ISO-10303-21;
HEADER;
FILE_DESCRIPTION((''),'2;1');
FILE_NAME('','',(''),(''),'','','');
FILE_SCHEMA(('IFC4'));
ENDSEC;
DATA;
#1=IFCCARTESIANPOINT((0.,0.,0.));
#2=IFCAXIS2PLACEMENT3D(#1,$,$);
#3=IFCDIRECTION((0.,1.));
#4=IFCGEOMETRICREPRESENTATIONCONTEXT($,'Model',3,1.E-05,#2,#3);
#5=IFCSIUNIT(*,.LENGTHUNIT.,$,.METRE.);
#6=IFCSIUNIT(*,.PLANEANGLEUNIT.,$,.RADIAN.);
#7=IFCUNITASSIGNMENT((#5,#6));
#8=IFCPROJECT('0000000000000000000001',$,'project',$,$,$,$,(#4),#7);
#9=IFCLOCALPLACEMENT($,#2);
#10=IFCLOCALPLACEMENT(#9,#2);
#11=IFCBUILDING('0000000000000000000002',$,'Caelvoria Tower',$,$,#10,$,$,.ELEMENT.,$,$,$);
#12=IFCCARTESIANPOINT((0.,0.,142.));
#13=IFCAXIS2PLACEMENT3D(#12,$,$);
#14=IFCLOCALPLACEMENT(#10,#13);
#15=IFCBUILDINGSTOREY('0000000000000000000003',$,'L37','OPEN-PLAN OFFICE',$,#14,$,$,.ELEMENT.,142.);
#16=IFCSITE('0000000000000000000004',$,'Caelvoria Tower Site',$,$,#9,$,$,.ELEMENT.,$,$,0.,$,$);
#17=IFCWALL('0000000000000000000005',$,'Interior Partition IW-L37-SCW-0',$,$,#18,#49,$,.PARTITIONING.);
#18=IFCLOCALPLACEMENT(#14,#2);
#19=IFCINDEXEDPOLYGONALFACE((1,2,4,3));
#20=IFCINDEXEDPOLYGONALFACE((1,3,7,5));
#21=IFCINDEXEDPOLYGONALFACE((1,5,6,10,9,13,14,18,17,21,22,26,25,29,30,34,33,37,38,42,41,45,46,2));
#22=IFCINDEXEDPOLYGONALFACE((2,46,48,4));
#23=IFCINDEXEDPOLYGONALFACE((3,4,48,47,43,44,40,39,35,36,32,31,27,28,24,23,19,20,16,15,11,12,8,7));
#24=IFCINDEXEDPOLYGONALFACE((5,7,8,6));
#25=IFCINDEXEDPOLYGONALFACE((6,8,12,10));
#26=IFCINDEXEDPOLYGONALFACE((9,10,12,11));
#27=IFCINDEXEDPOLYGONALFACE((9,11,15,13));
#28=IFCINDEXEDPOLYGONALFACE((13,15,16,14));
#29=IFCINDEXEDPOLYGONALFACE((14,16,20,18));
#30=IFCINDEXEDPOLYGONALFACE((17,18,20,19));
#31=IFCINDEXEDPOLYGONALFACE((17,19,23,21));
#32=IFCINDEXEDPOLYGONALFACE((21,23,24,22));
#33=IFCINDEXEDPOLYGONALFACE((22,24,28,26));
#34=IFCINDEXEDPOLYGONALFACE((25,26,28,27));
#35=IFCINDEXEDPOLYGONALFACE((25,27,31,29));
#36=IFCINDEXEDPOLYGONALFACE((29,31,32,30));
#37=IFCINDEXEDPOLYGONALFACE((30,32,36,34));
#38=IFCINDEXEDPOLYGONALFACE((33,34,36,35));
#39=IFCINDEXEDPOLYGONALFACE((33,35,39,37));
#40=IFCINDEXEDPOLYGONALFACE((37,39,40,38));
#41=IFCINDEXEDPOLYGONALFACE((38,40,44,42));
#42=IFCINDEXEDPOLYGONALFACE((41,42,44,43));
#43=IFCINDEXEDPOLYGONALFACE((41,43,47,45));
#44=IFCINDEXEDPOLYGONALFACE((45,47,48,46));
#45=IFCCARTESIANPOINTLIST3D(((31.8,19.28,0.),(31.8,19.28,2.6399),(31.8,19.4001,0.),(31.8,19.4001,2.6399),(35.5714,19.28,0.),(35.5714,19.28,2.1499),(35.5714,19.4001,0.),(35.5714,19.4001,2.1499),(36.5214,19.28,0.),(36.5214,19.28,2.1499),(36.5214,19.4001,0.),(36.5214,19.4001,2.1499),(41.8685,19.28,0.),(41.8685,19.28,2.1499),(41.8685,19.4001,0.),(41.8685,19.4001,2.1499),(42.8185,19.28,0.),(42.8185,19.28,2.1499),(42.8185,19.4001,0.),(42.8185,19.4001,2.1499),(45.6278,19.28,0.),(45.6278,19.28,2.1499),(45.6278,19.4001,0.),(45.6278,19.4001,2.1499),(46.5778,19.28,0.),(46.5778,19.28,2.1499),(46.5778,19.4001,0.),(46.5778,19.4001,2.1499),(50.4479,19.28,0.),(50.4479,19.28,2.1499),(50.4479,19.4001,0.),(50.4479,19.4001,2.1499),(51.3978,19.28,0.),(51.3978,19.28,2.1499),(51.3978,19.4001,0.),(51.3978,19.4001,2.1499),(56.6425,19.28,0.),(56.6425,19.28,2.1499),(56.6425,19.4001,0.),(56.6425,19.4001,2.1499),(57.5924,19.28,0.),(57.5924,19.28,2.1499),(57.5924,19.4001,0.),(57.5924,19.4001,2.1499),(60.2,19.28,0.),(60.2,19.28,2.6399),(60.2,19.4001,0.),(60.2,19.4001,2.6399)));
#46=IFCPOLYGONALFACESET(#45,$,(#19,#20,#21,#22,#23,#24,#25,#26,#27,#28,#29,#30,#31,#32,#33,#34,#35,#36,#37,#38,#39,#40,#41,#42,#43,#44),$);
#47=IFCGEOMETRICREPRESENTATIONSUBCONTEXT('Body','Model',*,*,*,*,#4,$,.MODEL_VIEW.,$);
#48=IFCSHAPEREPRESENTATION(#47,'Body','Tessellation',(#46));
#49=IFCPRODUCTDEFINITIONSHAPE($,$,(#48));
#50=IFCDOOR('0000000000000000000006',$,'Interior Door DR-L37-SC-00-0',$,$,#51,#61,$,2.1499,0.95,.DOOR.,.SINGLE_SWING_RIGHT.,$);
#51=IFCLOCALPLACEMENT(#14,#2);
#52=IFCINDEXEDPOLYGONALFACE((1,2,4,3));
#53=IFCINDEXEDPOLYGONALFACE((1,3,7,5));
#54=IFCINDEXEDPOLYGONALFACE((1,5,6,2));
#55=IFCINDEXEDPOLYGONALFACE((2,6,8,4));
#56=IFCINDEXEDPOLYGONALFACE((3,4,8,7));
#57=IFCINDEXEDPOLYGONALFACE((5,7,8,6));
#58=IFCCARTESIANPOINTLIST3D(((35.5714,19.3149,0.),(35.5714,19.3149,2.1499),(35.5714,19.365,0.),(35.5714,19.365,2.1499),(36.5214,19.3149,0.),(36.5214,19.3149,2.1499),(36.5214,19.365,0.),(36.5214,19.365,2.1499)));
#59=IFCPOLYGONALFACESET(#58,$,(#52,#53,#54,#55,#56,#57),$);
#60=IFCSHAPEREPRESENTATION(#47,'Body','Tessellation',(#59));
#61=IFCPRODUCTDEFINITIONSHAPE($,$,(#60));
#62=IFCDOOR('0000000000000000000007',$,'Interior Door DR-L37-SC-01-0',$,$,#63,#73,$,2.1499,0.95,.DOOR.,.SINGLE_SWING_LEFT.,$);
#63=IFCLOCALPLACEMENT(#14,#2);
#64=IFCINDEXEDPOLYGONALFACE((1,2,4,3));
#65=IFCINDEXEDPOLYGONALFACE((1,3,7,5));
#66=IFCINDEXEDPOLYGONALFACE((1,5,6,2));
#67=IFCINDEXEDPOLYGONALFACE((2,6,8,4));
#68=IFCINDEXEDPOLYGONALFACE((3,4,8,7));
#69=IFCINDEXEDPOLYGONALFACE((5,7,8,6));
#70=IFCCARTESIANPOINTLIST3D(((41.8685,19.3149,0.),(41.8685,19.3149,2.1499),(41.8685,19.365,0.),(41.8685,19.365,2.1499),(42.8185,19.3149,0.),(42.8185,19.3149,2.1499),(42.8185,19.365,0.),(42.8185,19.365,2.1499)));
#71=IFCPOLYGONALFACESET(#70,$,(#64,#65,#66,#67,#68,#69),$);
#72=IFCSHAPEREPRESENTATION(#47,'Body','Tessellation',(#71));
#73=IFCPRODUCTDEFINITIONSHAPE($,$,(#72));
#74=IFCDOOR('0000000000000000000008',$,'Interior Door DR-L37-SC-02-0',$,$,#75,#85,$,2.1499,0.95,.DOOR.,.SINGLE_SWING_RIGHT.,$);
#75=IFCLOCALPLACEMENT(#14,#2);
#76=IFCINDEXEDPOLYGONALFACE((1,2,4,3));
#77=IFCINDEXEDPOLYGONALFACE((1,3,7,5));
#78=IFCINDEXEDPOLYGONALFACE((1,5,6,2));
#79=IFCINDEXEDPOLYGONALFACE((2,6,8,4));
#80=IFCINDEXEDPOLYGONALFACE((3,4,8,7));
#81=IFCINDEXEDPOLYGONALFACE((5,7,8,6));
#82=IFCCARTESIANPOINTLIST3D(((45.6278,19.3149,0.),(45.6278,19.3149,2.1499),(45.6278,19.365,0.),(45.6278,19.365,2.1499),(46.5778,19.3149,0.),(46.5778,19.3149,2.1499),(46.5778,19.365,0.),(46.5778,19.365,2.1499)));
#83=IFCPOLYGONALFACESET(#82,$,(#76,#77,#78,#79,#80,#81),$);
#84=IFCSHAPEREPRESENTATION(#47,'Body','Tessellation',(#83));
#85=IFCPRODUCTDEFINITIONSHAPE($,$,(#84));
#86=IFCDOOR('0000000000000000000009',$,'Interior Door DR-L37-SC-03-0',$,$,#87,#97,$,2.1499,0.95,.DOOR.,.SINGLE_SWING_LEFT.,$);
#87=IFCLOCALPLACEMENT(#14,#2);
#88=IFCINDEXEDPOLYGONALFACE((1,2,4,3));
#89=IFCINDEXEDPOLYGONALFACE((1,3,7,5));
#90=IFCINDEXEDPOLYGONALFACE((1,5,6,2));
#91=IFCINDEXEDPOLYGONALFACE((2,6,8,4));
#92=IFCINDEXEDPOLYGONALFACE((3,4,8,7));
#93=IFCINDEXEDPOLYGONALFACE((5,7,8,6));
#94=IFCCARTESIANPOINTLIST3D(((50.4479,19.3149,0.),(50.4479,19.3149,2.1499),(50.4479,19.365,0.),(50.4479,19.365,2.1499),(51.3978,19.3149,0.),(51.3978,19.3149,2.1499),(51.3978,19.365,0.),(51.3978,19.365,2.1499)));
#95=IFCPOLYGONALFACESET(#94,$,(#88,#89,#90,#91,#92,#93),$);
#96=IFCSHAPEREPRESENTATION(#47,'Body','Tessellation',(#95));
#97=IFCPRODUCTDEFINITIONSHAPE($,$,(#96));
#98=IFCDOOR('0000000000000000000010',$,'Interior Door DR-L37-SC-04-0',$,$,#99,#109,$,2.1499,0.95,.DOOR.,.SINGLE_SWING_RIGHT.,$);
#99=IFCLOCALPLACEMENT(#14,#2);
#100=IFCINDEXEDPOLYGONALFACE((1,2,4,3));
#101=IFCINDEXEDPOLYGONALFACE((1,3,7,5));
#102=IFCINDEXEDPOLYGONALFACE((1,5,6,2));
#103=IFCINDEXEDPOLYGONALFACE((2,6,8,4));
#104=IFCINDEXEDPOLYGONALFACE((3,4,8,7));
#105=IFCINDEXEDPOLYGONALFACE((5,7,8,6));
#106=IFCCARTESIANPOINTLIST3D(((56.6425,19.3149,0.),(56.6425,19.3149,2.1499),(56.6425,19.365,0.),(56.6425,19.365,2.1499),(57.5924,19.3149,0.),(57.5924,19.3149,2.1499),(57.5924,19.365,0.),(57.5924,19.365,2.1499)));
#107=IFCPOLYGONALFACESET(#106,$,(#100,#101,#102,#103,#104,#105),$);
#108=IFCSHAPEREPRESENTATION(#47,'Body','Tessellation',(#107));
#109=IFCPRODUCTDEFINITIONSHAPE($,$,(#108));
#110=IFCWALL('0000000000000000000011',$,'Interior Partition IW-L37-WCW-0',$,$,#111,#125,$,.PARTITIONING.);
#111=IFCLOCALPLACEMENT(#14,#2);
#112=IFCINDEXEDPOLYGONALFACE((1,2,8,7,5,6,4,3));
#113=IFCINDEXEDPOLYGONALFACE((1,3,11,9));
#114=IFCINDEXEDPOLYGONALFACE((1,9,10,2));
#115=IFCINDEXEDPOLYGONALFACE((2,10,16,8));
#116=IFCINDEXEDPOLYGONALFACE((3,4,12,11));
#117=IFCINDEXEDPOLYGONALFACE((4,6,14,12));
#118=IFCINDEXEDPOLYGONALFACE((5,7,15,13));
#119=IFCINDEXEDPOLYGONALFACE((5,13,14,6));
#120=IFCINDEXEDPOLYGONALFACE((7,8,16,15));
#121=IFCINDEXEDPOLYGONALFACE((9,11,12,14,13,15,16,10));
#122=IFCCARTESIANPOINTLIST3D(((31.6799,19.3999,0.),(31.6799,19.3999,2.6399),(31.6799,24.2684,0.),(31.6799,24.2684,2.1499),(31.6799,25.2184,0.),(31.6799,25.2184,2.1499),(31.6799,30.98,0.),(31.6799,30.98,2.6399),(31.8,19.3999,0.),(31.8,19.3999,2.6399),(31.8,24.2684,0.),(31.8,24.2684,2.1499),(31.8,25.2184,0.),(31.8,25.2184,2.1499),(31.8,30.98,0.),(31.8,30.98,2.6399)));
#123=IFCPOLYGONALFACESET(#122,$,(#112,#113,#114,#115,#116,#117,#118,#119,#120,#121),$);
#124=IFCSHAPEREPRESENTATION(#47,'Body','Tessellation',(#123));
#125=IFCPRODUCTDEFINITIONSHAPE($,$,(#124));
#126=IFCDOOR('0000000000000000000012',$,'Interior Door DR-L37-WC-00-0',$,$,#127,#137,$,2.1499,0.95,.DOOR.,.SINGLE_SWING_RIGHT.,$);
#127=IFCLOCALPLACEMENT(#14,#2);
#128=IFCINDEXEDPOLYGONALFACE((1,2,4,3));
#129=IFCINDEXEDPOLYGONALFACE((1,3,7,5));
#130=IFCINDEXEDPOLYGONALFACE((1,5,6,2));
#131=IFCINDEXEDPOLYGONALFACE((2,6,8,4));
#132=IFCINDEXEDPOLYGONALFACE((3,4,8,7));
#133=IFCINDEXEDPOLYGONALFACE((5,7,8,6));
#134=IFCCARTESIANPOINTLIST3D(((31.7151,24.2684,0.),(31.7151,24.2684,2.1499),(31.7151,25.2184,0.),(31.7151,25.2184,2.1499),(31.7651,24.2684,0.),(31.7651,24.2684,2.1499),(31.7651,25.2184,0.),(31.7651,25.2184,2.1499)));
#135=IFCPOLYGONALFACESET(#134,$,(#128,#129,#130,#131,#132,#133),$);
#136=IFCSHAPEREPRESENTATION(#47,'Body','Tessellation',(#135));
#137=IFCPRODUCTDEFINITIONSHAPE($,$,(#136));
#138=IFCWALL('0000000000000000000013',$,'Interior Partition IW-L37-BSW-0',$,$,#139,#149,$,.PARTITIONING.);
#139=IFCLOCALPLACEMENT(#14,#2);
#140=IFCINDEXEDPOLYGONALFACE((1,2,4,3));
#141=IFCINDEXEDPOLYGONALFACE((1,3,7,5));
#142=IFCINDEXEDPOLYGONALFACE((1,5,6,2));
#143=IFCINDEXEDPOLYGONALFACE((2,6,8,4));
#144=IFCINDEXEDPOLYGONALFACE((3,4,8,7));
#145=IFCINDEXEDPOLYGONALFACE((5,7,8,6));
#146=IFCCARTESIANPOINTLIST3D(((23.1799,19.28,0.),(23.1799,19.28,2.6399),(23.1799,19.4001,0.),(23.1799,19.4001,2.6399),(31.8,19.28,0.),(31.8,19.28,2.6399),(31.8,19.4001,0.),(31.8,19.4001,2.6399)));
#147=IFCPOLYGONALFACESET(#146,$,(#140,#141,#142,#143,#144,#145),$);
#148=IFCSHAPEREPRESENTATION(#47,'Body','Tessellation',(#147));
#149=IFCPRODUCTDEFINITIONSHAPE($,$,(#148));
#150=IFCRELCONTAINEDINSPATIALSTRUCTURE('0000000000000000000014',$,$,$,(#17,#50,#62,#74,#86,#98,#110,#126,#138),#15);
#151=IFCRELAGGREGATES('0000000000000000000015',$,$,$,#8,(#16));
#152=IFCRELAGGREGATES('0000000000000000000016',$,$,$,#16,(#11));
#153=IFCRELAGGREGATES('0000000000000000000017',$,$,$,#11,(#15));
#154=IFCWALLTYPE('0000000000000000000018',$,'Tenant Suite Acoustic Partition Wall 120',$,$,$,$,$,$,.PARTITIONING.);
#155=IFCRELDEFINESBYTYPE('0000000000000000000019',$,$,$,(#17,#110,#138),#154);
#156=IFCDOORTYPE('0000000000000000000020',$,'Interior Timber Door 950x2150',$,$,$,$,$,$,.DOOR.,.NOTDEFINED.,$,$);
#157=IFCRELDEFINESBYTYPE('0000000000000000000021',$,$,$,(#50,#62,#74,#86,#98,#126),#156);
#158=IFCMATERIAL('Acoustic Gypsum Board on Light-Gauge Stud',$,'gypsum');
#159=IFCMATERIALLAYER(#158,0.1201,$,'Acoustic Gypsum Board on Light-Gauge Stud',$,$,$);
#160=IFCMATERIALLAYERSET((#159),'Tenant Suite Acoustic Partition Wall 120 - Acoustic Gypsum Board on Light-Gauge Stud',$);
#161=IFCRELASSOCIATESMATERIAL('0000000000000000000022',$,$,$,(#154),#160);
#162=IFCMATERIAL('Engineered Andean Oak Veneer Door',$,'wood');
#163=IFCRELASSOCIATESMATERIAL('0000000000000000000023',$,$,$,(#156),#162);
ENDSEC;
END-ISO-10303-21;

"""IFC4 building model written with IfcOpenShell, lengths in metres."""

from ifc_helpers import new_model, si_unit, direction, frame, frame_2d, origin, place, context, subcontext, project, spatial, rectangle, extrude, material, layer, layer_set, type_object, element, fill, save


model = new_model("IFC4")

# Units and contexts
model_context = context("Model", 3, precision=1e-05, world=origin(), true_north=direction((0.0, 1.0)))
body_context = subcontext(model_context, "Body", "Model", "MODEL_VIEW")
ifc_project = project(units=[si_unit("LENGTHUNIT", "METRE"), si_unit("PLANEANGLEUNIT", "RADIAN")], contexts=[model_context])

# Site, building, storey
site_placement = place(None, origin())
site = spatial("IfcSite", under=ifc_project, at=site_placement, Name="Caelvoria Tower Site", CompositionType="ELEMENT", RefElevation=0.0)
building_placement = place(site_placement, origin())
building = spatial("IfcBuilding", under=site, at=building_placement, Name="Caelvoria Tower", CompositionType="ELEMENT")
storey_placement = place(building_placement, frame((0.0, 0.0, 142.0)))
storey = spatial("IfcBuildingStorey", under=building, at=storey_placement, Name="L37", Description="OPEN-PLAN OFFICE", CompositionType="ELEMENT", Elevation=142.0)

# Shared definitions
ifc_material_1 = material(Name="Acoustic Gypsum Board on Light-Gauge Stud", Category="gypsum")
ifc_layer_1 = layer(ifc_material_1, 0.1201, Name="Acoustic Gypsum Board on Light-Gauge Stud")
ifc_layer_set_1 = layer_set([ifc_layer_1], Name="Tenant Suite Acoustic Partition Wall 120 - Acoustic Gypsum Board on Light-Gauge Stud")
wall_type_1 = type_object("IfcWallType", Name="Tenant Suite Acoustic Partition Wall 120", PredefinedType="PARTITIONING", material=ifc_layer_set_1)
ifc_material_2 = material(Name="Engineered Andean Oak Veneer Door", Category="wood")

# Wall, openings, doors
wall_1_placement = place(storey_placement, frame((31.8, 19.3401, 0.0), z_axis=(0.0, 0.0, 1.0), x_axis=(1.0, 0.0, 0.0)))
wall_1 = element("IfcWall", 1, at=wall_1_placement, inside=storey, type_object=wall_type_1, Name="Interior Partition IW-L37-SCW-0", PredefinedType="PARTITIONING", context=body_context, shape_type="SweptSolid", body=[
    extrude(rectangle(XDim=28.3999, YDim=0.1201, at=frame_2d((14.2, 0.0))), origin(), (0.0, 0.0, 1.0), 2.6399),
])
opening_1_placement = place(wall_1_placement, frame((3.7712, 0.0, 0.0)))
opening_1 = element("IfcOpeningElement", 2, at=opening_1_placement, cuts=wall_1, PredefinedType="OPENING", context=body_context, shape_type="SweptSolid", body=[
    extrude(rectangle(XDim=0.95, YDim=2.1499, at=frame_2d((0.4751, 1.075))), frame((0.0, 0.0701, 0.0), z_axis=(0.0, -1.0, 0.0), x_axis=(1.0, 0.0, 0.0)), (0.0, 0.0, 1.0), 0.1401),
])
opening_2_placement = place(wall_1_placement, frame((10.0684, 0.0, 0.0)))
opening_2 = element("IfcOpeningElement", 3, at=opening_2_placement, cuts=wall_1, PredefinedType="OPENING", context=body_context, shape_type="SweptSolid", body=[
    extrude(rectangle(XDim=0.95, YDim=2.1499, at=frame_2d((0.4751, 1.075))), frame((0.0, 0.0701, 0.0), z_axis=(0.0, -1.0, 0.0), x_axis=(1.0, 0.0, 0.0)), (0.0, 0.0, 1.0), 0.1401),
])
opening_3_placement = place(wall_1_placement, frame((13.8276, 0.0, 0.0)))
opening_3 = element("IfcOpeningElement", 4, at=opening_3_placement, cuts=wall_1, PredefinedType="OPENING", context=body_context, shape_type="SweptSolid", body=[
    extrude(rectangle(XDim=0.95, YDim=2.1499, at=frame_2d((0.4751, 1.075))), frame((0.0, 0.0701, 0.0), z_axis=(0.0, -1.0, 0.0), x_axis=(1.0, 0.0, 0.0)), (0.0, 0.0, 1.0), 0.1401),
])
opening_4_placement = place(wall_1_placement, frame((18.6477, 0.0, 0.0)))
opening_4 = element("IfcOpeningElement", 5, at=opening_4_placement, cuts=wall_1, PredefinedType="OPENING", context=body_context, shape_type="SweptSolid", body=[
    extrude(rectangle(XDim=0.95, YDim=2.1499, at=frame_2d((0.4751, 1.075))), frame((0.0, 0.0701, 0.0), z_axis=(0.0, -1.0, 0.0), x_axis=(1.0, 0.0, 0.0)), (0.0, 0.0, 1.0), 0.1401),
])
opening_5_placement = place(wall_1_placement, frame((24.8423, 0.0, 0.0)))
opening_5 = element("IfcOpeningElement", 6, at=opening_5_placement, cuts=wall_1, PredefinedType="OPENING", context=body_context, shape_type="SweptSolid", body=[
    extrude(rectangle(XDim=0.95, YDim=2.1499, at=frame_2d((0.4751, 1.075))), frame((0.0, 0.0701, 0.0), z_axis=(0.0, -1.0, 0.0), x_axis=(1.0, 0.0, 0.0)), (0.0, 0.0, 1.0), 0.1401),
])
door_type_1 = type_object("IfcDoorType", Name="Interior Timber Door 950x2150", OperationType="NOTDEFINED", PredefinedType="DOOR", material=ifc_material_2)
door_1_placement = place(opening_1_placement, origin())
door_1 = element("IfcDoor", 7, at=door_1_placement, inside=storey, type_object=door_type_1, Name="Interior Door DR-L37-SC-00-0", OperationType="SINGLE_SWING_RIGHT", OverallHeight=2.1499, OverallWidth=0.95, PredefinedType="DOOR", context=body_context, shape_type="SweptSolid", body=[
    extrude(rectangle(XDim=0.95, YDim=2.1499, at=frame_2d((0.4751, 1.075))), frame((0.0, 0.0249, 0.0), z_axis=(0.0, -1.0, 0.0), x_axis=(1.0, 0.0, 0.0)), (0.0, 0.0, 1.0), 0.05),
])
fill(opening_1, door_1)
door_2_placement = place(opening_2_placement, origin())
door_2 = element("IfcDoor", 8, at=door_2_placement, inside=storey, type_object=door_type_1, Name="Interior Door DR-L37-SC-01-0", OperationType="SINGLE_SWING_LEFT", OverallHeight=2.1499, OverallWidth=0.95, PredefinedType="DOOR", context=body_context, shape_type="SweptSolid", body=[
    extrude(rectangle(XDim=0.95, YDim=2.1499, at=frame_2d((0.4751, 1.075))), frame((0.0, 0.0249, 0.0), z_axis=(0.0, -1.0, 0.0), x_axis=(1.0, 0.0, 0.0)), (0.0, 0.0, 1.0), 0.05),
])
fill(opening_2, door_2)
door_3_placement = place(opening_3_placement, origin())
door_3 = element("IfcDoor", 9, at=door_3_placement, inside=storey, type_object=door_type_1, Name="Interior Door DR-L37-SC-02-0", OperationType="SINGLE_SWING_RIGHT", OverallHeight=2.1499, OverallWidth=0.95, PredefinedType="DOOR", context=body_context, shape_type="SweptSolid", body=[
    extrude(rectangle(XDim=0.95, YDim=2.1499, at=frame_2d((0.4751, 1.075))), frame((0.0, 0.0249, 0.0), z_axis=(0.0, -1.0, 0.0), x_axis=(1.0, 0.0, 0.0)), (0.0, 0.0, 1.0), 0.05),
])
fill(opening_3, door_3)
door_4_placement = place(opening_4_placement, origin())
door_4 = element("IfcDoor", 10, at=door_4_placement, inside=storey, type_object=door_type_1, Name="Interior Door DR-L37-SC-03-0", OperationType="SINGLE_SWING_LEFT", OverallHeight=2.1499, OverallWidth=0.95, PredefinedType="DOOR", context=body_context, shape_type="SweptSolid", body=[
    extrude(rectangle(XDim=0.95, YDim=2.1499, at=frame_2d((0.4751, 1.075))), frame((0.0, 0.0249, 0.0), z_axis=(0.0, -1.0, 0.0), x_axis=(1.0, 0.0, 0.0)), (0.0, 0.0, 1.0), 0.05),
])
fill(opening_4, door_4)
door_5_placement = place(opening_5_placement, origin())
door_5 = element("IfcDoor", 11, at=door_5_placement, inside=storey, type_object=door_type_1, Name="Interior Door DR-L37-SC-04-0", OperationType="SINGLE_SWING_RIGHT", OverallHeight=2.1499, OverallWidth=0.95, PredefinedType="DOOR", context=body_context, shape_type="SweptSolid", body=[
    extrude(rectangle(XDim=0.95, YDim=2.1499, at=frame_2d((0.4751, 1.075))), frame((0.0, 0.0249, 0.0), z_axis=(0.0, -1.0, 0.0), x_axis=(1.0, 0.0, 0.0)), (0.0, 0.0, 1.0), 0.05),
])
fill(opening_5, door_5)

# Wall, opening, door
wall_2_placement = place(storey_placement, frame((31.74, 19.3999, 0.0), z_axis=(0.0, 0.0, 1.0), x_axis=(0.0, 1.0, 0.0)))
wall_2 = element("IfcWall", 12, at=wall_2_placement, inside=storey, type_object=wall_type_1, Name="Interior Partition IW-L37-WCW-0", PredefinedType="PARTITIONING", context=body_context, shape_type="SweptSolid", body=[
    extrude(rectangle(XDim=11.5801, YDim=0.1201, at=frame_2d((5.79, 0.0))), origin(), (0.0, 0.0, 1.0), 2.6399),
])
opening_6_placement = place(wall_2_placement, frame((4.8684, 0.0, 0.0)))
opening_6 = element("IfcOpeningElement", 13, at=opening_6_placement, cuts=wall_2, PredefinedType="OPENING", context=body_context, shape_type="SweptSolid", body=[
    extrude(rectangle(XDim=0.95, YDim=2.1499, at=frame_2d((0.4751, 1.075))), frame((0.0, 0.0701, 0.0), z_axis=(0.0, -1.0, 0.0), x_axis=(1.0, 0.0, 0.0)), (0.0, 0.0, 1.0), 0.1401),
])
door_6_placement = place(opening_6_placement, origin())
door_6 = element("IfcDoor", 14, at=door_6_placement, inside=storey, type_object=door_type_1, Name="Interior Door DR-L37-WC-00-0", OperationType="SINGLE_SWING_RIGHT", OverallHeight=2.1499, OverallWidth=0.95, PredefinedType="DOOR", context=body_context, shape_type="SweptSolid", body=[
    extrude(rectangle(XDim=0.95, YDim=2.1499, at=frame_2d((0.4751, 1.075))), frame((0.0, 0.0249, 0.0), z_axis=(0.0, -1.0, 0.0), x_axis=(1.0, 0.0, 0.0)), (0.0, 0.0, 1.0), 0.05),
])
fill(opening_6, door_6)

# Wall
wall_3_placement = place(storey_placement, frame((31.8, 19.3401, 0.0), z_axis=(0.0, 0.0, 1.0), x_axis=(-1.0, 0.0, 0.0)))
element("IfcWall", 15, at=wall_3_placement, inside=storey, type_object=wall_type_1, Name="Interior Partition IW-L37-BSW-0", PredefinedType="PARTITIONING", context=body_context, shape_type="SweptSolid", body=[
    extrude(rectangle(XDim=8.6201, YDim=0.1201, at=frame_2d((4.3101, 0.0))), origin(), (0.0, 0.0, 1.0), 2.6399),
])

save(model, "model.ifc")
